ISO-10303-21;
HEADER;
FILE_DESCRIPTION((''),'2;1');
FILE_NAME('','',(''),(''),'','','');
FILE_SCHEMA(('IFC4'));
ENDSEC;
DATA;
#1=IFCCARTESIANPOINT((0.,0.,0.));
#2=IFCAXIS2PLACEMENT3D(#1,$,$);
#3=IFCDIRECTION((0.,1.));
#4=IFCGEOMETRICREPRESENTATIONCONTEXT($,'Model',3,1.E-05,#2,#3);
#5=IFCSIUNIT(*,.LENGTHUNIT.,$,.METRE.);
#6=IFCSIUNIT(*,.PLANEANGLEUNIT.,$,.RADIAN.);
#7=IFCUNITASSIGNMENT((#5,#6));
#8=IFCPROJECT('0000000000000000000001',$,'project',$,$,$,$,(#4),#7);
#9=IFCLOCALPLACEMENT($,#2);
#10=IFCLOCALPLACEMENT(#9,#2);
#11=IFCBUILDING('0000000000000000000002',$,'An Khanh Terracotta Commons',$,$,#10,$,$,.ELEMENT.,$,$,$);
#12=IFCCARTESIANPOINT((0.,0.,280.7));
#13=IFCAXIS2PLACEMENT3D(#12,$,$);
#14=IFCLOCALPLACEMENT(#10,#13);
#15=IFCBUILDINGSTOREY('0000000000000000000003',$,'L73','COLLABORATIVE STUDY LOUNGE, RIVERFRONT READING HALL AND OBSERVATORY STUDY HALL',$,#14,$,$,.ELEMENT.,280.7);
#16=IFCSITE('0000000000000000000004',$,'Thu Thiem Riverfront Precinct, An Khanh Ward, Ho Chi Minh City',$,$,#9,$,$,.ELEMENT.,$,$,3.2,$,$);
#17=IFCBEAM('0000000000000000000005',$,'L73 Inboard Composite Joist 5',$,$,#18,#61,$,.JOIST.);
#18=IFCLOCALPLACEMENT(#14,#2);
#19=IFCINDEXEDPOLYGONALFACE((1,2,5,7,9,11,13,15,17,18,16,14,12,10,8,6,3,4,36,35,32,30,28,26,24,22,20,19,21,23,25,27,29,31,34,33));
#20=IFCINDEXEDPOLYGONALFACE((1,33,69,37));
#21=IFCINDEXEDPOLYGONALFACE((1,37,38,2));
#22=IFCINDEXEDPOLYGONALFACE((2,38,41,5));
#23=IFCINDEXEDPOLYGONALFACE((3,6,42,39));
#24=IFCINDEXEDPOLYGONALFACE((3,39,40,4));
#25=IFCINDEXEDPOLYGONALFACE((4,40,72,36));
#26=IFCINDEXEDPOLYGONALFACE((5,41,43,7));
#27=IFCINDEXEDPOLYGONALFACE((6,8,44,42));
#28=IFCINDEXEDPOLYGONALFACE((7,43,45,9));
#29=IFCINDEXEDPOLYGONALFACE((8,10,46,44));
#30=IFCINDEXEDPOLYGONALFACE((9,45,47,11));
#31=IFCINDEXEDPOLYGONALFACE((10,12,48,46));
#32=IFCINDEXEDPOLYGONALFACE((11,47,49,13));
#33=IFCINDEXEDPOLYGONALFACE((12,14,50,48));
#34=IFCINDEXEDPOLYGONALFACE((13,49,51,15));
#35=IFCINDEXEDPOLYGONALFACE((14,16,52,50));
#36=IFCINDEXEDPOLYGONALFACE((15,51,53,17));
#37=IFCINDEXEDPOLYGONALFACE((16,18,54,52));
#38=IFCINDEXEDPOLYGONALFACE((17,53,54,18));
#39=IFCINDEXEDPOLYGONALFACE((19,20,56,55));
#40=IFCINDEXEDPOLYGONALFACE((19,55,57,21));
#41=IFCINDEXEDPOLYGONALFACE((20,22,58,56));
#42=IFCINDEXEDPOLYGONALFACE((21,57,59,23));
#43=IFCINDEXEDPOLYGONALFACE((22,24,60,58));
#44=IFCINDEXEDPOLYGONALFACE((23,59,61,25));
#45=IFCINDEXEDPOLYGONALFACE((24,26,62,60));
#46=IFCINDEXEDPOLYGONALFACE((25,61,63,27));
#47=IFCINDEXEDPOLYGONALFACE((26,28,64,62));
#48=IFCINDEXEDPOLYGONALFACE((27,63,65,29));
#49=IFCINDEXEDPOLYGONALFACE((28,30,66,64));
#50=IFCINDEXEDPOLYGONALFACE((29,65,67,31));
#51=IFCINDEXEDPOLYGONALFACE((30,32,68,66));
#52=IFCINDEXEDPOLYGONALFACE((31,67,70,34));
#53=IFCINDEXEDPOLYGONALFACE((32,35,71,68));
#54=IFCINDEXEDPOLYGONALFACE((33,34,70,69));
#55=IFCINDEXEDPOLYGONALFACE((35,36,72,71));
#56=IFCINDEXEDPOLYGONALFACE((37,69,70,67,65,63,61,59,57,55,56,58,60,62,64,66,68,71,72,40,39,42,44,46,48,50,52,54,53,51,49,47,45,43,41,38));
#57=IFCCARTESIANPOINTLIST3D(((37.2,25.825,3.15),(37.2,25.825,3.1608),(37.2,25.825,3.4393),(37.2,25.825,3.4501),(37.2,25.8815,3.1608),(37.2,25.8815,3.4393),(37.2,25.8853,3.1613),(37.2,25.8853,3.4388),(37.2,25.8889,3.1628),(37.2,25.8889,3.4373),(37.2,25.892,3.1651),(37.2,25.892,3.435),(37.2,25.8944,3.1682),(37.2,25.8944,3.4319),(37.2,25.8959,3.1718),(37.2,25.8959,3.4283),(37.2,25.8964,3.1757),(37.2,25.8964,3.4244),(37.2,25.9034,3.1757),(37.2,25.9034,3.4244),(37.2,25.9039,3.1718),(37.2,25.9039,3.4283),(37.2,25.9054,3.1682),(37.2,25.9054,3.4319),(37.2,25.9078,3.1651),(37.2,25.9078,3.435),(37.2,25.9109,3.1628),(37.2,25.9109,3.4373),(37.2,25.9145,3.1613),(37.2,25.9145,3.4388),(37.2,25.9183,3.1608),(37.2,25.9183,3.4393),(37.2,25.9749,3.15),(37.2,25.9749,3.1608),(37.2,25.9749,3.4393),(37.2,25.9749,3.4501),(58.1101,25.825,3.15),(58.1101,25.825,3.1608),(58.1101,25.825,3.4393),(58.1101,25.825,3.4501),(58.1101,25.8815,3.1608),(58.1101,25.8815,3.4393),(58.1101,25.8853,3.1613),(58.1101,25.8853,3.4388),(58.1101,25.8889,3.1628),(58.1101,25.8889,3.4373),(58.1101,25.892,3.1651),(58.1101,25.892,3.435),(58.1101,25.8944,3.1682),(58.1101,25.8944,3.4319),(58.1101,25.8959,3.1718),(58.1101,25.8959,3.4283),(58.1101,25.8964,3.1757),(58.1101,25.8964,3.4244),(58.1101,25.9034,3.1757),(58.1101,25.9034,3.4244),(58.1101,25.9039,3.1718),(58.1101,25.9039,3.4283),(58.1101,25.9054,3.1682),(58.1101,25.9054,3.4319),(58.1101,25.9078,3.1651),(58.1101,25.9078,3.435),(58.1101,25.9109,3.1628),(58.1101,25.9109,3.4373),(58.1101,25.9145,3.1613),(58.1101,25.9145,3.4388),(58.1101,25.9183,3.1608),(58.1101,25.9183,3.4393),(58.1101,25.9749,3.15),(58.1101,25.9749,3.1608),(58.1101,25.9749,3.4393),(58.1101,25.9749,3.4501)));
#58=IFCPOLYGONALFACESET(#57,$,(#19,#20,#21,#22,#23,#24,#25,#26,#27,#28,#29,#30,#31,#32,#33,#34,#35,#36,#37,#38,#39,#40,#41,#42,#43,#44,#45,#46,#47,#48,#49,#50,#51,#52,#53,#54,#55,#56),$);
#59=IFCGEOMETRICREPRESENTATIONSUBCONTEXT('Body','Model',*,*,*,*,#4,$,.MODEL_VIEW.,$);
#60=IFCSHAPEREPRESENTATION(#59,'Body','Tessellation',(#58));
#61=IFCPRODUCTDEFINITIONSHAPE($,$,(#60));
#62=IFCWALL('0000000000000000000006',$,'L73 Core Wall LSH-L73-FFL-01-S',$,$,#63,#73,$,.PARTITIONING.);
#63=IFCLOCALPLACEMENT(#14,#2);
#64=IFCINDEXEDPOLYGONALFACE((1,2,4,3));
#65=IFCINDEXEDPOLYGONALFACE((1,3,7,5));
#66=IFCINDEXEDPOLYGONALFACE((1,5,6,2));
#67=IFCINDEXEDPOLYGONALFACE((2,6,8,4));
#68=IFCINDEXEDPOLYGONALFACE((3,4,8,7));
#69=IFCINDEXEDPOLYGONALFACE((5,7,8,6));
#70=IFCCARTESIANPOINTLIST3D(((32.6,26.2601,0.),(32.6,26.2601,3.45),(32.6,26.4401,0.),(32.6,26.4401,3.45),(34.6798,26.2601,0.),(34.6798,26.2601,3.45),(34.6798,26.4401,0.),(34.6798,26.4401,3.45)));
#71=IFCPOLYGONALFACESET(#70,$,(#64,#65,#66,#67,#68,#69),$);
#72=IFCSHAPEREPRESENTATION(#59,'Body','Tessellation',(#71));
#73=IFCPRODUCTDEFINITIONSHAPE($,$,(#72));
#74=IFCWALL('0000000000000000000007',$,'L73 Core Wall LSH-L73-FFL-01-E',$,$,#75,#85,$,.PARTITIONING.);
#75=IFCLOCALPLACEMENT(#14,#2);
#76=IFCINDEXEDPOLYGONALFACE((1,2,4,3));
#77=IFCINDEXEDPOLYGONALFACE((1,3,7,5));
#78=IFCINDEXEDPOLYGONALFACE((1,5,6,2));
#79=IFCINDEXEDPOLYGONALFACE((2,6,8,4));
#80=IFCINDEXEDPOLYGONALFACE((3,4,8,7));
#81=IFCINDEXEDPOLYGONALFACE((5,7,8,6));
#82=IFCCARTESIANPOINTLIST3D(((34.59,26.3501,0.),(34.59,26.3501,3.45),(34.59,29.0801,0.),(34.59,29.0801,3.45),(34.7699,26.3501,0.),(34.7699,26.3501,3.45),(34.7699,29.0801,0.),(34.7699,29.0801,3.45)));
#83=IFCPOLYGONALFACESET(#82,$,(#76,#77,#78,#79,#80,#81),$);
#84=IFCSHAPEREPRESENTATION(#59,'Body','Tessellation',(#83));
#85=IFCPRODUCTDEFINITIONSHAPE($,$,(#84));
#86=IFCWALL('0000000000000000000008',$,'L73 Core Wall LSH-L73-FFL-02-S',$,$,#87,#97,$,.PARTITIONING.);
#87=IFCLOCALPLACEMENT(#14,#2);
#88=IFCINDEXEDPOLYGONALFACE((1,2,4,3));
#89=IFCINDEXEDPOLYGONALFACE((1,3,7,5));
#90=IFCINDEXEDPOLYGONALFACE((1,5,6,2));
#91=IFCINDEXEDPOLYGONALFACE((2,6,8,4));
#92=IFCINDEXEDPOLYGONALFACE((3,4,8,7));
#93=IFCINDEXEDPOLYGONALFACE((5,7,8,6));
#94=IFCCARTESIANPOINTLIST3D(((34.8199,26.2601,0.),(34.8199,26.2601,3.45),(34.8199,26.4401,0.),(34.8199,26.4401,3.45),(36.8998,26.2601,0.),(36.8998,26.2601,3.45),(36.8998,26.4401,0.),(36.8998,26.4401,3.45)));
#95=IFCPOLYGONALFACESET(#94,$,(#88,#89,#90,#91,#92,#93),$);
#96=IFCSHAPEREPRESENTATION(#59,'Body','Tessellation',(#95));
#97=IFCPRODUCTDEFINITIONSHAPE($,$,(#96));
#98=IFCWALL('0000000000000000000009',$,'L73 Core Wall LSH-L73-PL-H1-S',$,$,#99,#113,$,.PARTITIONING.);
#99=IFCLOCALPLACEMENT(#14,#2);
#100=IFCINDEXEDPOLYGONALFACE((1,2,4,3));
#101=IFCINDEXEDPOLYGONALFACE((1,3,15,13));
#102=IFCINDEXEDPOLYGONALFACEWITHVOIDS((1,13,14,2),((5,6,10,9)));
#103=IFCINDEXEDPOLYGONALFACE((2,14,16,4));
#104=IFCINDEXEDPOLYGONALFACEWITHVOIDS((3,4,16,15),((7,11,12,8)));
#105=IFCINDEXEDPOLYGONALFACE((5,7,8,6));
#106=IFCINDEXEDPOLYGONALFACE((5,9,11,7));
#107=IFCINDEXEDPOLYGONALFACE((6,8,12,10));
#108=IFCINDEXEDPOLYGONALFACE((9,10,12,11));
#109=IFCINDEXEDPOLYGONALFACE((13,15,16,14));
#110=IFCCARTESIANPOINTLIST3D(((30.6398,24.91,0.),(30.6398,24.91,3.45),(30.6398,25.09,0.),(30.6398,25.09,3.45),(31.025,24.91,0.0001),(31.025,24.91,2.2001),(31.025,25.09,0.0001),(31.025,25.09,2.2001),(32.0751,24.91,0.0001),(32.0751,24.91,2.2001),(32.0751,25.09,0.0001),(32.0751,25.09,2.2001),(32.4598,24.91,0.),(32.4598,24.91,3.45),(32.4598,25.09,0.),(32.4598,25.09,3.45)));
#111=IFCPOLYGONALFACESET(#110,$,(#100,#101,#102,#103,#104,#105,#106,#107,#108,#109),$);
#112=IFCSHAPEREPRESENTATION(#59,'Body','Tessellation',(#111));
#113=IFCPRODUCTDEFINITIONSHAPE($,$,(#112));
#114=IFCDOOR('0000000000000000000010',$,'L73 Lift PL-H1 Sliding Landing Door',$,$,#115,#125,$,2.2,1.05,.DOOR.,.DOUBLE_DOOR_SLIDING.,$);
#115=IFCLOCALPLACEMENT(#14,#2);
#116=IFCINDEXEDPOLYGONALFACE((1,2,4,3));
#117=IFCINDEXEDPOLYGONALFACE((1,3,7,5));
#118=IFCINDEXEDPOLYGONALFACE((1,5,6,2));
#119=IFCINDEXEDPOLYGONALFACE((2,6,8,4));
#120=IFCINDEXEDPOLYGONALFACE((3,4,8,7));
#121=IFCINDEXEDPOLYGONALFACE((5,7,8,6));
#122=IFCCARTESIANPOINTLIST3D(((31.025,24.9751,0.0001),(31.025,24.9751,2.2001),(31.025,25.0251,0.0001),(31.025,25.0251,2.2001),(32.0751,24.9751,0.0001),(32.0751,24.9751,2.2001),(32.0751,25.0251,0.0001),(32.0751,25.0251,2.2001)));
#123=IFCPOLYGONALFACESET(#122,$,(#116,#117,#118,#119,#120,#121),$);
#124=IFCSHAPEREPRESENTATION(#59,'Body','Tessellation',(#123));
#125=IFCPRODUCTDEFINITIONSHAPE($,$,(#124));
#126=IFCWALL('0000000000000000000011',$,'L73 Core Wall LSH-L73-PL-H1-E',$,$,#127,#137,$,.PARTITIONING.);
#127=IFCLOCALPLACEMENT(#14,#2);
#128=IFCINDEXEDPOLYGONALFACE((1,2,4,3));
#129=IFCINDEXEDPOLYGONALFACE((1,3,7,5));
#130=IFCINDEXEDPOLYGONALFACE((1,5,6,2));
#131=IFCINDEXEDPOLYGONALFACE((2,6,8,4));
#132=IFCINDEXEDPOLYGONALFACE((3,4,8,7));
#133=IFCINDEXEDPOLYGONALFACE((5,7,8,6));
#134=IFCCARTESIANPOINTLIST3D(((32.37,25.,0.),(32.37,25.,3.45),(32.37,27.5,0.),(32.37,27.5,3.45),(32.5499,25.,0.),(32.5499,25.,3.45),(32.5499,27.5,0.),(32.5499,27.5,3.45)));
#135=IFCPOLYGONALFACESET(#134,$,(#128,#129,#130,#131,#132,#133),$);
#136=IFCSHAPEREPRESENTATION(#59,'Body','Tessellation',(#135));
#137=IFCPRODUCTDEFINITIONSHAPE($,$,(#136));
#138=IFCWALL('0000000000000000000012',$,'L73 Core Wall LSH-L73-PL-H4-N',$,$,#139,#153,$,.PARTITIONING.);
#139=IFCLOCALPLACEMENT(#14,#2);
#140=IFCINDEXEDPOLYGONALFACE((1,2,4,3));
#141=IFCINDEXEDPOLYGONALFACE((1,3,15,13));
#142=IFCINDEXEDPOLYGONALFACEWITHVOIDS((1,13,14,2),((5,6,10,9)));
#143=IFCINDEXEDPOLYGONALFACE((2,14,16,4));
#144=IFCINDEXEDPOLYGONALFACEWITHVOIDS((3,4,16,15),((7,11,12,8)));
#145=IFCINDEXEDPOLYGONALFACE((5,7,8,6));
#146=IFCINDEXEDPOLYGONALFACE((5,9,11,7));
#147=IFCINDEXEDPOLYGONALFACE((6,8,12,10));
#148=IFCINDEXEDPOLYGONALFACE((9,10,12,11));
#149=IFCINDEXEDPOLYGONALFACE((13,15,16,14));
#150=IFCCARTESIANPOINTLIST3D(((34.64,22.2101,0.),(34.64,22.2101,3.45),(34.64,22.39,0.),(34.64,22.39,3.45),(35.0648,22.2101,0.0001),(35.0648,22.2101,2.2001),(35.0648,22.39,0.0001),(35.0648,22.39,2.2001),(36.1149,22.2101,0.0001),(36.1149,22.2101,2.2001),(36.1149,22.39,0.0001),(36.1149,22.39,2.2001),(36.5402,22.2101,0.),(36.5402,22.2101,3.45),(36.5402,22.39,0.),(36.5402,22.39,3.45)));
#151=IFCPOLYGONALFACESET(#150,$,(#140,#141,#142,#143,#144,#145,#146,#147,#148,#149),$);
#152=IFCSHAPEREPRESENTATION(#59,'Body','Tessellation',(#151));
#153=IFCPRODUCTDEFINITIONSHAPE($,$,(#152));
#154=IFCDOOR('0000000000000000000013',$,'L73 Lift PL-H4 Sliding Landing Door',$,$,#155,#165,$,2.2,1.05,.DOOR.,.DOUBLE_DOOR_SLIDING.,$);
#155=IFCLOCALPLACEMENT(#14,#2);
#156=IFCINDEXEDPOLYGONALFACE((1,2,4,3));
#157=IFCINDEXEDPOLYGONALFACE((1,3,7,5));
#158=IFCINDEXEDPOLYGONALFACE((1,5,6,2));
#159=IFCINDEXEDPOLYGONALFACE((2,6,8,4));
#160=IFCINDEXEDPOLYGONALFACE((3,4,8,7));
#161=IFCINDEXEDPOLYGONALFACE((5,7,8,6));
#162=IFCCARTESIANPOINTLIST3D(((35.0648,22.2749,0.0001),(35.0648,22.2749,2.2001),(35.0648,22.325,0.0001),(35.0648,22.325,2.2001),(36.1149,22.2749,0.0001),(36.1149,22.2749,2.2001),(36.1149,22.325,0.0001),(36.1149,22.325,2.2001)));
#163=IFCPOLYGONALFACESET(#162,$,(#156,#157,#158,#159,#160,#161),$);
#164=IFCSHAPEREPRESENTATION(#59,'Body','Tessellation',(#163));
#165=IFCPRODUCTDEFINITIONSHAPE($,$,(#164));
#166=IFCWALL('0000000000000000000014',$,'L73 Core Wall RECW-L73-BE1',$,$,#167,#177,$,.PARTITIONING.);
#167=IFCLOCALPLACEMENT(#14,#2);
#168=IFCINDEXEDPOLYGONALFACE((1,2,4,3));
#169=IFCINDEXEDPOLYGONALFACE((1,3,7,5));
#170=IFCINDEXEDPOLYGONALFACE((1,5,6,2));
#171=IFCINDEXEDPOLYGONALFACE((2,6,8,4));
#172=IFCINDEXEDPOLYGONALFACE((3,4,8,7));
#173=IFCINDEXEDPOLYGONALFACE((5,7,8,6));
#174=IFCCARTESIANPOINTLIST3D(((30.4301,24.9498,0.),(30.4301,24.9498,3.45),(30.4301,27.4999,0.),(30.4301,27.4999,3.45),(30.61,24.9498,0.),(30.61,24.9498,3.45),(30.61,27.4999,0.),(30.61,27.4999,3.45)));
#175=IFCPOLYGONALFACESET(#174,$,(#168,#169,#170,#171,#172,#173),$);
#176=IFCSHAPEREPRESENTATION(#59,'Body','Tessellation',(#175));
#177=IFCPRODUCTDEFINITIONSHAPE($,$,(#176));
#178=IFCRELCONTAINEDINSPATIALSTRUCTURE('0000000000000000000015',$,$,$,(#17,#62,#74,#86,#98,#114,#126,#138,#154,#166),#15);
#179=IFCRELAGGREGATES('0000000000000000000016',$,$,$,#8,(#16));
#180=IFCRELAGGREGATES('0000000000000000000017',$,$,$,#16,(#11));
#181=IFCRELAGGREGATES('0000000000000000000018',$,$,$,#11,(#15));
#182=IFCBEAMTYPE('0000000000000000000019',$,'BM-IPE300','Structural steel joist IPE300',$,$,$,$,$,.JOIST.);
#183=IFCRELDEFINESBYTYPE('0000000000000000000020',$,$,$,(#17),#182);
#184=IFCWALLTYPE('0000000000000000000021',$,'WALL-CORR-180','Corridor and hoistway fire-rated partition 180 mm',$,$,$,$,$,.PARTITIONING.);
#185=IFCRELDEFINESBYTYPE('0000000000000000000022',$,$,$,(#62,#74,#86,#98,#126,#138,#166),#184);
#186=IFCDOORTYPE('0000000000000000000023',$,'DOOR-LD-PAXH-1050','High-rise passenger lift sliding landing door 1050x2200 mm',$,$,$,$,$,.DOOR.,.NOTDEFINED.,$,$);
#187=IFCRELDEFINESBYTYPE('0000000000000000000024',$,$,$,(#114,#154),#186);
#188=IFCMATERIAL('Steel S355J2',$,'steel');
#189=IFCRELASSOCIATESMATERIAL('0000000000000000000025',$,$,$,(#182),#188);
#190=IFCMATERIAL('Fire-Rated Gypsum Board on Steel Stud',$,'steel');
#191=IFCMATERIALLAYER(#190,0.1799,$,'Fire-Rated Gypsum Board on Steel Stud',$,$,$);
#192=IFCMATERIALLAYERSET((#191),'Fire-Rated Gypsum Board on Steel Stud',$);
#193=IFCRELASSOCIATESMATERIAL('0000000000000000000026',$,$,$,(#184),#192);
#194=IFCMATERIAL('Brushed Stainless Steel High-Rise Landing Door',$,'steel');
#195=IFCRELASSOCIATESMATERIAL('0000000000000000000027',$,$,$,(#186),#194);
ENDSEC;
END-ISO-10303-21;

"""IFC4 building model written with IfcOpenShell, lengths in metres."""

from ifc_helpers import new_model, si_unit, direction, frame, frame_2d, origin, origin_2d, place, context, subcontext, project, spatial, rectangle, i_section, extrude, material, layer, layer_set, material_profile, profile_set, type_object, element, fill, save


model = new_model("IFC4")

# Units and contexts
model_context = context("Model", 3, precision=1e-05, world=origin(), true_north=direction((0.0, 1.0)))
body_context = subcontext(model_context, "Body", "Model", "MODEL_VIEW")
ifc_project = project(units=[si_unit("LENGTHUNIT", "METRE"), si_unit("PLANEANGLEUNIT", "RADIAN")], contexts=[model_context])

# Site, building, storey
site_placement = place(None, origin())
site = spatial("IfcSite", under=ifc_project, at=site_placement, Name="Thu Thiem Riverfront Precinct, An Khanh Ward, Ho Chi Minh City", CompositionType="ELEMENT", RefElevation=3.2)
building_placement = place(site_placement, origin())
building = spatial("IfcBuilding", under=site, at=building_placement, Name="An Khanh Terracotta Commons", CompositionType="ELEMENT")
storey_placement = place(building_placement, frame((0.0, 0.0, 280.7)))
storey = spatial("IfcBuildingStorey", under=building, at=storey_placement, Name="L73", Description="COLLABORATIVE STUDY LOUNGE, RIVERFRONT READING HALL AND OBSERVATORY STUDY HALL", CompositionType="ELEMENT", Elevation=280.7)

# Beam
ifc_material_1 = material(Name="Steel S355J2", Category="steel")
ifc_material_profile_1 = material_profile(ifc_material_1, i_section(OverallWidth=0.1499, OverallDepth=0.3, WebThickness=0.0071, FlangeThickness=0.0107, FilletRadius=0.0149, at=origin_2d()), Name="IPE300")
ifc_profile_set_1 = profile_set([ifc_material_profile_1], Name="Steel S355J2")
beam_type_1 = type_object("IfcBeamType", Name="BM-IPE300", Description="Structural steel joist IPE300", PredefinedType="JOIST", material=ifc_profile_set_1)
for number, where, z_axis, x_axis, name in (
    (1, (37.2, 25.8999, 3.3), (1.0, 0.0, 0.0), (0.0, 1.0, 0.0), "L73 Inboard Composite Joist 5"),
):
    element("IfcBeam", number, at=place(storey_placement, frame(where, z_axis=z_axis, x_axis=x_axis)), inside=storey, type_object=beam_type_1, Name=name, PredefinedType="JOIST", context=body_context, shape_type="SweptSolid", body=[
        extrude(i_section(OverallWidth=0.1499, OverallDepth=0.3, WebThickness=0.0071, FlangeThickness=0.0107, FilletRadius=0.0149, at=origin_2d()), origin(), (0.0, 0.0, 1.0), 20.9102),
    ])

# Walls
ifc_material_2 = material(Name="Fire-Rated Gypsum Board on Steel Stud", Category="steel")
ifc_layer_1 = layer(ifc_material_2, 0.1799, Name="Fire-Rated Gypsum Board on Steel Stud")
ifc_layer_set_1 = layer_set([ifc_layer_1], Name="Fire-Rated Gypsum Board on Steel Stud")
wall_type_1 = type_object("IfcWallType", Name="WALL-CORR-180", Description="Corridor and hoistway fire-rated partition 180 mm", PredefinedType="PARTITIONING", material=ifc_layer_set_1)
wall_1_placement = place(storey_placement, frame((34.6799, 26.3501, 0.0), z_axis=(0.0, 0.0, 1.0), x_axis=(-1.0, 0.0, 0.0)))
element("IfcWall", 2, at=wall_1_placement, inside=storey, type_object=wall_type_1, Name="L73 Core Wall LSH-L73-FFL-01-S", PredefinedType="PARTITIONING", context=body_context, shape_type="SweptSolid", body=[
    extrude(rectangle(XDim=2.0798, YDim=0.1799, at=frame_2d((1.04, 0.0))), origin(), (0.0, 0.0, 1.0), 3.45),
])
wall_2_placement = place(storey_placement, frame((34.6799, 26.3501, 0.0), z_axis=(0.0, 0.0, 1.0), x_axis=(0.0, 1.0, 0.0)))
element("IfcWall", 3, at=wall_2_placement, inside=storey, type_object=wall_type_1, Name="L73 Core Wall LSH-L73-FFL-01-E", PredefinedType="PARTITIONING", context=body_context, shape_type="SweptSolid", body=[
    extrude(rectangle(XDim=2.73, YDim=0.1799, at=frame_2d((1.365, 0.0))), origin(), (0.0, 0.0, 1.0), 3.45),
])
wall_3_placement = place(storey_placement, frame((36.8999, 26.3501, 0.0), z_axis=(0.0, 0.0, 1.0), x_axis=(-1.0, 0.0, 0.0)))
element("IfcWall", 4, at=wall_3_placement, inside=storey, type_object=wall_type_1, Name="L73 Core Wall LSH-L73-FFL-02-S", PredefinedType="PARTITIONING", context=body_context, shape_type="SweptSolid", body=[
    extrude(rectangle(XDim=2.0798, YDim=0.1799, at=frame_2d((1.04, 0.0))), origin(), (0.0, 0.0, 1.0), 3.45),
])

# Wall, opening, door
wall_4_placement = place(storey_placement, frame((32.46, 25.0, 0.0), z_axis=(0.0, 0.0, 1.0), x_axis=(-1.0, 0.0, 0.0)))
wall_4 = element("IfcWall", 5, at=wall_4_placement, inside=storey, type_object=wall_type_1, Name="L73 Core Wall LSH-L73-PL-H1-S", PredefinedType="PARTITIONING", context=body_context, shape_type="SweptSolid", body=[
    extrude(rectangle(XDim=1.8201, YDim=0.1799, at=frame_2d((0.9102, 0.0))), origin(), (0.0, 0.0, 1.0), 3.45),
])
opening_1_placement = place(wall_4_placement, frame((0.385, 0.0, 0.0)))
opening_1 = element("IfcOpeningElement", 6, at=opening_1_placement, cuts=wall_4, PredefinedType="OPENING", context=body_context, shape_type="SweptSolid", body=[
    extrude(rectangle(XDim=1.05, YDim=2.2, at=frame_2d((0.5249, 1.1001))), frame((0.0, 0.0999, 0.0), z_axis=(0.0, -1.0, 0.0), x_axis=(1.0, 0.0, 0.0)), (0.0, 0.0, 1.0), 0.2),
])
ifc_material_3 = material(Name="Brushed Stainless Steel High-Rise Landing Door", Category="steel")
door_type_1 = type_object("IfcDoorType", Name="DOOR-LD-PAXH-1050", Description="High-rise passenger lift sliding landing door 1050x2200 mm", OperationType="NOTDEFINED", PredefinedType="DOOR", material=ifc_material_3)
door_1_placement = place(opening_1_placement, origin())
door_1 = element("IfcDoor", 7, at=door_1_placement, inside=storey, type_object=door_type_1, Name="L73 Lift PL-H1 Sliding Landing Door", OperationType="DOUBLE_DOOR_SLIDING", OverallHeight=2.2, OverallWidth=1.05, PredefinedType="DOOR", context=body_context, shape_type="SweptSolid", body=[
    extrude(rectangle(XDim=1.05, YDim=2.2, at=frame_2d((0.5249, 1.1001))), frame((0.0, 0.0249, 0.0), z_axis=(0.0, -1.0, 0.0), x_axis=(1.0, 0.0, 0.0)), (0.0, 0.0, 1.0), 0.05),
])
fill(opening_1, door_1)

# Wall
wall_5_placement = place(storey_placement, frame((32.46, 25.0, 0.0), z_axis=(0.0, 0.0, 1.0), x_axis=(0.0, 1.0, 0.0)))
element("IfcWall", 8, at=wall_5_placement, inside=storey, type_object=wall_type_1, Name="L73 Core Wall LSH-L73-PL-H1-E", PredefinedType="PARTITIONING", context=body_context, shape_type="SweptSolid", body=[
    extrude(rectangle(XDim=2.5, YDim=0.1799, at=frame_2d((1.25, 0.0))), origin(), (0.0, 0.0, 1.0), 3.45),
])

# Wall, opening, door
wall_6_placement = place(storey_placement, frame((34.6399, 22.3, 0.0), z_axis=(0.0, 0.0, 1.0), x_axis=(1.0, 0.0, 0.0)))
wall_6 = element("IfcWall", 9, at=wall_6_placement, inside=storey, type_object=wall_type_1, Name="L73 Core Wall LSH-L73-PL-H4-N", PredefinedType="PARTITIONING", context=body_context, shape_type="SweptSolid", body=[
    extrude(rectangle(XDim=1.9001, YDim=0.1799, at=frame_2d((0.9502, 0.0))), origin(), (0.0, 0.0, 1.0), 3.45),
])
opening_2_placement = place(wall_6_placement, frame((0.425, 0.0, 0.0)))
opening_2 = element("IfcOpeningElement", 10, at=opening_2_placement, cuts=wall_6, PredefinedType="OPENING", context=body_context, shape_type="SweptSolid", body=[
    extrude(rectangle(XDim=1.05, YDim=2.2, at=frame_2d((0.5249, 1.1001))), frame((0.0, 0.0999, 0.0), z_axis=(0.0, -1.0, 0.0), x_axis=(1.0, 0.0, 0.0)), (0.0, 0.0, 1.0), 0.2),
])
door_2_placement = place(opening_2_placement, origin())
door_2 = element("IfcDoor", 11, at=door_2_placement, inside=storey, type_object=door_type_1, Name="L73 Lift PL-H4 Sliding Landing Door", OperationType="DOUBLE_DOOR_SLIDING", OverallHeight=2.2, OverallWidth=1.05, PredefinedType="DOOR", context=body_context, shape_type="SweptSolid", body=[
    extrude(rectangle(XDim=1.05, YDim=2.2, at=frame_2d((0.5249, 1.1001))), frame((0.0, 0.0249, 0.0), z_axis=(0.0, -1.0, 0.0), x_axis=(1.0, 0.0, 0.0)), (0.0, 0.0, 1.0), 0.05),
])
fill(opening_2, door_2)

# Wall
wall_7_placement = place(storey_placement, frame((30.52, 24.95, 0.0), z_axis=(0.0, 0.0, 1.0), x_axis=(0.0, 1.0, 0.0)))
element("IfcWall", 12, at=wall_7_placement, inside=storey, type_object=wall_type_1, Name="L73 Core Wall RECW-L73-BE1", PredefinedType="PARTITIONING", context=body_context, shape_type="SweptSolid", body=[
    extrude(rectangle(XDim=2.55, YDim=0.1799, at=frame_2d((1.2749, 0.0))), origin(), (0.0, 0.0, 1.0), 3.45),
])

save(model, "model.ifc")
